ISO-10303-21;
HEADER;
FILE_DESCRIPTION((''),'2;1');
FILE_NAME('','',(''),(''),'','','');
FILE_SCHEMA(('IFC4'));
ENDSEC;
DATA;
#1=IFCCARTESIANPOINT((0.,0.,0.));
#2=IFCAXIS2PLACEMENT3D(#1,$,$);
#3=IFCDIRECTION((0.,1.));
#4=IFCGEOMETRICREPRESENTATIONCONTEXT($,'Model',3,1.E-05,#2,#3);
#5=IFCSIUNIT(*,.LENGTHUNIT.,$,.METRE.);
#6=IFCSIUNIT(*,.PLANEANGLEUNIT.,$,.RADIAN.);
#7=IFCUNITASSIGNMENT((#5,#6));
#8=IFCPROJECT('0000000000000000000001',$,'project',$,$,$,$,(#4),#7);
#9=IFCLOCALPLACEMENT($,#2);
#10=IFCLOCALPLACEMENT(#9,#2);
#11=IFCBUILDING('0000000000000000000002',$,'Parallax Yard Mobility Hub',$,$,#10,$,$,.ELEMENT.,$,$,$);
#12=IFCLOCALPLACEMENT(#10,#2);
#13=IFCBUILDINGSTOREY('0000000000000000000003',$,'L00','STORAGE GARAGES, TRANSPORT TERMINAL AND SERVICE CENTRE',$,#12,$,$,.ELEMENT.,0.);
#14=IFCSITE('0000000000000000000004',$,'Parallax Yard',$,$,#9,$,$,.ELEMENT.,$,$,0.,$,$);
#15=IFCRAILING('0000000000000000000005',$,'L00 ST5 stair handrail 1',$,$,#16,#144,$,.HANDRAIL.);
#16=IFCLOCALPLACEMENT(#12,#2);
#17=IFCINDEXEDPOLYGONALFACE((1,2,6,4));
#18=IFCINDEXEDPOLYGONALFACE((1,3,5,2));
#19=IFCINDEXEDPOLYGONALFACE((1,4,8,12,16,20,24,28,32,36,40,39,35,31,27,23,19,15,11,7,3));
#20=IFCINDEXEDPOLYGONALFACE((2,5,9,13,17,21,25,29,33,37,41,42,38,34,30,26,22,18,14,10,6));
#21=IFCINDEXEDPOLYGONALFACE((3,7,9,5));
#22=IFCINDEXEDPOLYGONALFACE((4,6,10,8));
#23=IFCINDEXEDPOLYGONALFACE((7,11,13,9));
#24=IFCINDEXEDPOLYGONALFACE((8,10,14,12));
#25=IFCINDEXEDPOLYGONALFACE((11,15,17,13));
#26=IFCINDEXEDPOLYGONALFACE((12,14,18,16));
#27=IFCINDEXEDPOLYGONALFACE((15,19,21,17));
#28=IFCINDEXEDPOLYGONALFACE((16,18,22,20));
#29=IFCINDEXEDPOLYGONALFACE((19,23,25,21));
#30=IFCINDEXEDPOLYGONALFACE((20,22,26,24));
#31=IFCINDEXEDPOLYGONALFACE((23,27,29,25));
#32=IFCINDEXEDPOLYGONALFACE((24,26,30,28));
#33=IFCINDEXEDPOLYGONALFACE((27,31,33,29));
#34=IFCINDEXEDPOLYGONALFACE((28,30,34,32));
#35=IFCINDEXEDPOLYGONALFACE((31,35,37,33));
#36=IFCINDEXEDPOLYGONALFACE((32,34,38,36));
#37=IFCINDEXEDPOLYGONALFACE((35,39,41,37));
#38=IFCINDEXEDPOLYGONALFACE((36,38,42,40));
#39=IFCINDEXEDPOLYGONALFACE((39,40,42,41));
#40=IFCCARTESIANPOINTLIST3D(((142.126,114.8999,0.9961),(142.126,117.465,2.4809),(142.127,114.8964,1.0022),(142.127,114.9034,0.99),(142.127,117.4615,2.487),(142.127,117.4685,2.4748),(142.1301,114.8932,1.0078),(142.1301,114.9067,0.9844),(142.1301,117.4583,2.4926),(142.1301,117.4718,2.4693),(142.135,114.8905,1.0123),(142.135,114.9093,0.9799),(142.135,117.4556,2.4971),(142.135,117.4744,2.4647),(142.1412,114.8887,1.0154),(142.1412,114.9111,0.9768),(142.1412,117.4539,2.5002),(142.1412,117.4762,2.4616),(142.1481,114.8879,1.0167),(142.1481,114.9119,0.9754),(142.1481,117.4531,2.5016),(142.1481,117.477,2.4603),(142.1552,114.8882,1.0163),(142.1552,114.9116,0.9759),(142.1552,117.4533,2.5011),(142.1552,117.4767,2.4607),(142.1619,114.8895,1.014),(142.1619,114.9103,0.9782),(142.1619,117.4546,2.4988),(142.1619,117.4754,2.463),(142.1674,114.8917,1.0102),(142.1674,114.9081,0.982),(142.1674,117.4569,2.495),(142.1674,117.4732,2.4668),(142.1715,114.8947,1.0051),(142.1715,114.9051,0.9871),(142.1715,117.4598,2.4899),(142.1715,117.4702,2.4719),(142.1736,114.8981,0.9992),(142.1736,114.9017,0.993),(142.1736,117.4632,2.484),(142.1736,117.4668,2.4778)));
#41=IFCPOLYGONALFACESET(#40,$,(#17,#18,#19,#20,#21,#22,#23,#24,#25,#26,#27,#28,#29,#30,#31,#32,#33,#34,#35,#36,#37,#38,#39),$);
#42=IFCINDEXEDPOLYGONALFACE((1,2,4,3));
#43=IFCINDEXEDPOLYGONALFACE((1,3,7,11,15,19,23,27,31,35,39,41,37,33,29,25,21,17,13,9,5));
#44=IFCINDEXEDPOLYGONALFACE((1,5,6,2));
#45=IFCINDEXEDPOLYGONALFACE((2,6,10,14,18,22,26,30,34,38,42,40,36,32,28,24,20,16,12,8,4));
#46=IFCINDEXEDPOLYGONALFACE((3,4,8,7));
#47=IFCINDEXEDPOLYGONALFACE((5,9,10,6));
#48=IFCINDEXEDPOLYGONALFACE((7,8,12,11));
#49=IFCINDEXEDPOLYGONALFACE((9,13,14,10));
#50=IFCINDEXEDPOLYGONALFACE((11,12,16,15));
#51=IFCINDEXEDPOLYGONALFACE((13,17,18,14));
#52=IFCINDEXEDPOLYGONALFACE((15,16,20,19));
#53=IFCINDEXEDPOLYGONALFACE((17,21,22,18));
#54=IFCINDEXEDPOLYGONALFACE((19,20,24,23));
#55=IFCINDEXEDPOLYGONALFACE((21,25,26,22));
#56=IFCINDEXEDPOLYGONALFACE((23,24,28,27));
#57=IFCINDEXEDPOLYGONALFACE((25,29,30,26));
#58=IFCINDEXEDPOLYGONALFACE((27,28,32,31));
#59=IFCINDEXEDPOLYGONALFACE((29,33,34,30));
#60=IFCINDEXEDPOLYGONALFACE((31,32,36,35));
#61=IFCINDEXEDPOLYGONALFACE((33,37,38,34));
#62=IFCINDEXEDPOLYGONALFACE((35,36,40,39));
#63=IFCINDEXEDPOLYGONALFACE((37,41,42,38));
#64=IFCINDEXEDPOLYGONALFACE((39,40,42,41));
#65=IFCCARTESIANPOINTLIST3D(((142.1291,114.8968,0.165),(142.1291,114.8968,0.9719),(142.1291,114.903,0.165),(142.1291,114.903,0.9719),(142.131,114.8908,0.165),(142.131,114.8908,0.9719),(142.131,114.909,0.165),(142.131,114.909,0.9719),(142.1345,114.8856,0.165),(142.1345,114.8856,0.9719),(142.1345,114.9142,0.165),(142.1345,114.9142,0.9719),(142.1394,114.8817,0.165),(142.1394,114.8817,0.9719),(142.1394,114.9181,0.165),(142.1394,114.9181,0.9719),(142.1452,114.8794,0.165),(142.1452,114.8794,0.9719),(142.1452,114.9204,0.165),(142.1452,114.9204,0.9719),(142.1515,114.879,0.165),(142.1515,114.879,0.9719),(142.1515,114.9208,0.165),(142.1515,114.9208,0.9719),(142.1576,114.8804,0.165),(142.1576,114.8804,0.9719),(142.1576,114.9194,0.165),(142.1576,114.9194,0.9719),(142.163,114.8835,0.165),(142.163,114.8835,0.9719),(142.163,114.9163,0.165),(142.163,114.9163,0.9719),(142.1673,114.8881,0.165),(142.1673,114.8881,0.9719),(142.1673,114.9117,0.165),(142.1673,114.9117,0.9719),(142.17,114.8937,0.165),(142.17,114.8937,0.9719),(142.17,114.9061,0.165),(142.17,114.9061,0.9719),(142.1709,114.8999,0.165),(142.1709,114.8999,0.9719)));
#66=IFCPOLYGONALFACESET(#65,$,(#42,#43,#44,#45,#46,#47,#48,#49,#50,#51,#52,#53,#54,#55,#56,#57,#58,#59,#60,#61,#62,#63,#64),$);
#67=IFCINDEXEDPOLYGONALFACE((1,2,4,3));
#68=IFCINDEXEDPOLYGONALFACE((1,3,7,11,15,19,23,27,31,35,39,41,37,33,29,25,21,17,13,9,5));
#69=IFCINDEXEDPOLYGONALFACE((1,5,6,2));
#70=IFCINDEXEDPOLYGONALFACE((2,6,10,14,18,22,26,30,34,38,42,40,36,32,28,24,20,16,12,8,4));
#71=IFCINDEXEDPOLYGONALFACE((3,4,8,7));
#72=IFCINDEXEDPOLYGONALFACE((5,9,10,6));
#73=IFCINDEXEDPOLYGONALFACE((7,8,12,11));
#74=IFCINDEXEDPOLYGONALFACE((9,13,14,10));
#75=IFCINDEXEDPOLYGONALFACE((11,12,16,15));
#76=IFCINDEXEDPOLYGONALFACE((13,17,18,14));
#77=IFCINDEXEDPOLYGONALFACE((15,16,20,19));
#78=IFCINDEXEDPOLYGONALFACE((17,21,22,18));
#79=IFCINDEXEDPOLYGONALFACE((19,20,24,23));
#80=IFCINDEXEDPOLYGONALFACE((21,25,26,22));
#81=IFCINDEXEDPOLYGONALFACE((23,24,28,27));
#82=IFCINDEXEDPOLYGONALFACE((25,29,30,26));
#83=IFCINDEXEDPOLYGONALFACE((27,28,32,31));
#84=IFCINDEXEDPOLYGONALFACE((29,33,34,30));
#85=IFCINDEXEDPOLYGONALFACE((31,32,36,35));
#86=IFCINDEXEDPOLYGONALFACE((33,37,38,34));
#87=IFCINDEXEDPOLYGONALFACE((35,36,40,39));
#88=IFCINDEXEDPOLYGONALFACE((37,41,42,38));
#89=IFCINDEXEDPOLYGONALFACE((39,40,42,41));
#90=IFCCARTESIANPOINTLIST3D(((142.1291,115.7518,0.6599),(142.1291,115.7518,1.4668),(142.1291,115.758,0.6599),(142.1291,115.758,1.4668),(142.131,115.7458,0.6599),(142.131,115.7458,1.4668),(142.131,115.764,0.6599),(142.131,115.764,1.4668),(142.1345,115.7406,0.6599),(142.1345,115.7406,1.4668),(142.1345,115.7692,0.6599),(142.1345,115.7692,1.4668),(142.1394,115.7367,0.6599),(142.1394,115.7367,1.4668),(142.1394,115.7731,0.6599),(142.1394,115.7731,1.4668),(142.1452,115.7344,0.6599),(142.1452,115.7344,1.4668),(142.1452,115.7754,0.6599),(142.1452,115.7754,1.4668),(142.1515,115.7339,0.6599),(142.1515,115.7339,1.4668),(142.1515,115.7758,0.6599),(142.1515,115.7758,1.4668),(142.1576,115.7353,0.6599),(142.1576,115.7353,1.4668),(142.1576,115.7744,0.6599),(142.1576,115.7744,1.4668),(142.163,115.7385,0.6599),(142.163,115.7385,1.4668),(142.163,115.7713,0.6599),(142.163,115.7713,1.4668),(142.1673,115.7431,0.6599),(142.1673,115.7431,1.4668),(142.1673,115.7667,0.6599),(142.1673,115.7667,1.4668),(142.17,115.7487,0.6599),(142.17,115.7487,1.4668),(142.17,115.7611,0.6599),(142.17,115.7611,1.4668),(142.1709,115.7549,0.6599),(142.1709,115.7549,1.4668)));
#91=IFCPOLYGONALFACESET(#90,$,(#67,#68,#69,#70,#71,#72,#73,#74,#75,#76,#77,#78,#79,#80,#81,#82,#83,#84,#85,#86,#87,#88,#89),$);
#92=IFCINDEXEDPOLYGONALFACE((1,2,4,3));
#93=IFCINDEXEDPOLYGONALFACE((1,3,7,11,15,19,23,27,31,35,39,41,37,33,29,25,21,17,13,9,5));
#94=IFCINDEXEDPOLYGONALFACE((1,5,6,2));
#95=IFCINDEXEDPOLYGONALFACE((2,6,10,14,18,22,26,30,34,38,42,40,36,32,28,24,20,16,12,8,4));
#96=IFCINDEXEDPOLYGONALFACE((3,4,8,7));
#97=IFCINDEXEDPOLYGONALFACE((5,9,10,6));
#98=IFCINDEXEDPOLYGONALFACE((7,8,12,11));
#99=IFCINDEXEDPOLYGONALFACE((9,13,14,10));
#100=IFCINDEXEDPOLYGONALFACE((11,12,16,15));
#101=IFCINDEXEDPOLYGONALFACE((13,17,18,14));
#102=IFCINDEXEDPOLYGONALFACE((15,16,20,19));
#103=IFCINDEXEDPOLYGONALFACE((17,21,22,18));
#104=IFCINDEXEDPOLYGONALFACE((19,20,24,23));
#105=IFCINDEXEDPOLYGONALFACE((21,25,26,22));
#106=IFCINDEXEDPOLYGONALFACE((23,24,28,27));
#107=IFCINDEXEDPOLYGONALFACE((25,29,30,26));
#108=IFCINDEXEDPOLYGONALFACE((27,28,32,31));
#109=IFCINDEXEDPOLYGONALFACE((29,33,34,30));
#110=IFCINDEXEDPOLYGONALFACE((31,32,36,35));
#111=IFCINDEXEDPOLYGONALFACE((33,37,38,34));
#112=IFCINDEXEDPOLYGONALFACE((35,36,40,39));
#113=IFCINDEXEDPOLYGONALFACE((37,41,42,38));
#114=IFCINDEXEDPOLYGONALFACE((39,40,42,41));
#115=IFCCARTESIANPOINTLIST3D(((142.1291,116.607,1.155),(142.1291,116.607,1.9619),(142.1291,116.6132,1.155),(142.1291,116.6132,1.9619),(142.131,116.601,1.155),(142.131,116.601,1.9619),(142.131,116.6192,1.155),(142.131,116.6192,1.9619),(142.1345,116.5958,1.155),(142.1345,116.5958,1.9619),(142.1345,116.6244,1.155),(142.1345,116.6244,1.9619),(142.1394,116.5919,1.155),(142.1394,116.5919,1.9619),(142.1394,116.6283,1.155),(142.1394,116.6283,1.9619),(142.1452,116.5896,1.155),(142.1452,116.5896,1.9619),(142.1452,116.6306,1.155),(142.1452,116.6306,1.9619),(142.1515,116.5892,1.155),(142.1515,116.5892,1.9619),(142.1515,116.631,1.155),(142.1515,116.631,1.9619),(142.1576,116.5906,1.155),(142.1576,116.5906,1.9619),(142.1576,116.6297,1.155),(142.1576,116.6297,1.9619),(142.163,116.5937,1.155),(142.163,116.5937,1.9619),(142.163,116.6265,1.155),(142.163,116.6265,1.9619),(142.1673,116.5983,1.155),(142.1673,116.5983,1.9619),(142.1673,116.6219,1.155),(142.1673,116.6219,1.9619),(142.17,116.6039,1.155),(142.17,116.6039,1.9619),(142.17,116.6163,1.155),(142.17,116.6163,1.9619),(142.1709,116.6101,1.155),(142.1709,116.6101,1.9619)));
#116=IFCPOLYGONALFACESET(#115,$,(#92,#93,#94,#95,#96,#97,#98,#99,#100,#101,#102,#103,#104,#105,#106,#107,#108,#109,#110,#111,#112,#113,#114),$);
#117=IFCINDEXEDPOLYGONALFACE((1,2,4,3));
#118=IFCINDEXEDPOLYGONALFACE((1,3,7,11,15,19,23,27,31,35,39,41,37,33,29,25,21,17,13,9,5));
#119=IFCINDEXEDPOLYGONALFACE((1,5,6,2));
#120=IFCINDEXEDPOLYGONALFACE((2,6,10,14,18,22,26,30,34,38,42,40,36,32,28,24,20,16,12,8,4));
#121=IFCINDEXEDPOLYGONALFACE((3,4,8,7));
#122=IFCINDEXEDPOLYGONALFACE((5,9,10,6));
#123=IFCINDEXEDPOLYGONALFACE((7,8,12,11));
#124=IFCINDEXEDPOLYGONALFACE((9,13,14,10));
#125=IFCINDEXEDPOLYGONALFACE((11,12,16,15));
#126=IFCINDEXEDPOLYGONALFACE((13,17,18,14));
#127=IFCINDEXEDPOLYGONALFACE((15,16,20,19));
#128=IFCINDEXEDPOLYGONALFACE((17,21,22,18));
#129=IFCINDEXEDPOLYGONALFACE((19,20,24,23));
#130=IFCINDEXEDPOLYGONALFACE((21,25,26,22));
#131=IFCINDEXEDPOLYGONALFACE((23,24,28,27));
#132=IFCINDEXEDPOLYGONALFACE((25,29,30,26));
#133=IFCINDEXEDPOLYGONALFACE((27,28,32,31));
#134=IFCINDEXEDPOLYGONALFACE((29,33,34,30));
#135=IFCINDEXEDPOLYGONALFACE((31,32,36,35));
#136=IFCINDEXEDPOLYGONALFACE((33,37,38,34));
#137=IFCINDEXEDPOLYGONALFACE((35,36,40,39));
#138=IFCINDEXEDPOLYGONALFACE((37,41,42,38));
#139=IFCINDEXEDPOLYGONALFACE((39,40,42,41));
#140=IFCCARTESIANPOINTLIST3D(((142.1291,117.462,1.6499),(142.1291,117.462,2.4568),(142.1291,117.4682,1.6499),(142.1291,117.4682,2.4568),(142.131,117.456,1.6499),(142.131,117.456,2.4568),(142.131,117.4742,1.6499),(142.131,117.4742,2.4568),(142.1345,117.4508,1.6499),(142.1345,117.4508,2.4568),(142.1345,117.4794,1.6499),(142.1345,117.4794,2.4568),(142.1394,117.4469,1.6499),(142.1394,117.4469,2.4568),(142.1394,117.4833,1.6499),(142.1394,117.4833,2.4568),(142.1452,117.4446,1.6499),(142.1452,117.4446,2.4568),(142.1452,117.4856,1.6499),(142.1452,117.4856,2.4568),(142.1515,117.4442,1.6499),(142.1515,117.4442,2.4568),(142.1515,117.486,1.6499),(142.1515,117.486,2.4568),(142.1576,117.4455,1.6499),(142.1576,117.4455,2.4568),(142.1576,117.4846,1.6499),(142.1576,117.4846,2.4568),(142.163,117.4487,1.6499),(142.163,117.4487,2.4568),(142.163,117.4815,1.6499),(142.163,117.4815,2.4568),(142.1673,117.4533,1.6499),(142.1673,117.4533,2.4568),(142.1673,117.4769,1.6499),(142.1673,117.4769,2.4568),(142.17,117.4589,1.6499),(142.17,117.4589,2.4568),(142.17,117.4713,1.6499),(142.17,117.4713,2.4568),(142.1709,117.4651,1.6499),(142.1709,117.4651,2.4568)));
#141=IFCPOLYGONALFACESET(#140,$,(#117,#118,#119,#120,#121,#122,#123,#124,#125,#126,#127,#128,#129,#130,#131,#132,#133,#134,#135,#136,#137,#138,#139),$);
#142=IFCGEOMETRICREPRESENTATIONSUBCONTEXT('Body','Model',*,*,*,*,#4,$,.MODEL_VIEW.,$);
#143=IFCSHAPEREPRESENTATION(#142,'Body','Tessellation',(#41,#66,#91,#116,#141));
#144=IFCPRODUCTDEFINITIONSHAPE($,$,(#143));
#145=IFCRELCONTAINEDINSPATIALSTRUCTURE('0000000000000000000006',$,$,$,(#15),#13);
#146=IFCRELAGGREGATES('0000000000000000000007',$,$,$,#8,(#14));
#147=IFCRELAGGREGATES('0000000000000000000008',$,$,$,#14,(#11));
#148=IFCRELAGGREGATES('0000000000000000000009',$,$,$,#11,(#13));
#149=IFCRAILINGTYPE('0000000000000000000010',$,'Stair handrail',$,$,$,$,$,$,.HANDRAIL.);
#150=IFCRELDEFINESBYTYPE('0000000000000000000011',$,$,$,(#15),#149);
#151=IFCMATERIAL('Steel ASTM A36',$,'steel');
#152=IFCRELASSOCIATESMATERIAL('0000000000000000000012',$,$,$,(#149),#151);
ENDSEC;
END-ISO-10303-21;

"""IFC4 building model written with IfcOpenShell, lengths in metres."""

from ifc_helpers import new_model, si_unit, direction, frame, origin, origin_2d, place, context, subcontext, project, spatial, circle, extrude, material, type_object, element, save


model = new_model("IFC4")

# Units and contexts
model_context = context("Model", 3, precision=1e-05, world=origin(), true_north=direction((0.0, 1.0)))
body_context = subcontext(model_context, "Body", "Model", "MODEL_VIEW")
ifc_project = project(units=[si_unit("LENGTHUNIT", "METRE"), si_unit("PLANEANGLEUNIT", "RADIAN")], contexts=[model_context])

# Site, building, storey
site_placement = place(None, origin())
site = spatial("IfcSite", under=ifc_project, at=site_placement, Name="Parallax Yard", CompositionType="ELEMENT", RefElevation=0.0)
building_placement = place(site_placement, origin())
building = spatial("IfcBuilding", under=site, at=building_placement, Name="Parallax Yard Mobility Hub", CompositionType="ELEMENT")
storey_placement = place(building_placement, origin())
storey = spatial("IfcBuildingStorey", under=building, at=storey_placement, Name="L00", Description="STORAGE GARAGES, TRANSPORT TERMINAL AND SERVICE CENTRE", CompositionType="ELEMENT", Elevation=0.0)

# Railing
ifc_material_1 = material(Name="Steel ASTM A36", Category="steel")
railing_type_1 = type_object("IfcRailingType", Name="Stair handrail", PredefinedType="HANDRAIL", material=ifc_material_1)
railing_1_placement = place(storey_placement, frame((142.1499, 114.8999, 0.165)))
element("IfcRailing", 1, at=railing_1_placement, inside=storey, type_object=railing_type_1, Name="L00 ST5 stair handrail 1", PredefinedType="HANDRAIL", context=body_context, shape_type="SweptSolid", body=[
    extrude(circle(Radius=0.0239, at=origin_2d()), frame((0.0, 0.0, 0.8311), z_axis=(0.0, 0.865462, 0.500975), x_axis=(-1.0, 0.0, 0.0)), (0.0, 0.0, 1.0), 2.9639),
    extrude(circle(Radius=0.021, at=origin_2d()), origin(), (0.0, 0.0, 1.0), 0.8069),
    extrude(circle(Radius=0.021, at=origin_2d()), frame((0.0, 0.855, 0.4949)), (0.0, 0.0, 1.0), 0.8069),
    extrude(circle(Radius=0.021, at=origin_2d()), frame((0.0, 1.7102, 0.99)), (0.0, 0.0, 1.0), 0.8069),
    extrude(circle(Radius=0.021, at=origin_2d()), frame((0.0, 2.5652, 1.4849)), (0.0, 0.0, 1.0), 0.8069),
])

save(model, "model.ifc")
